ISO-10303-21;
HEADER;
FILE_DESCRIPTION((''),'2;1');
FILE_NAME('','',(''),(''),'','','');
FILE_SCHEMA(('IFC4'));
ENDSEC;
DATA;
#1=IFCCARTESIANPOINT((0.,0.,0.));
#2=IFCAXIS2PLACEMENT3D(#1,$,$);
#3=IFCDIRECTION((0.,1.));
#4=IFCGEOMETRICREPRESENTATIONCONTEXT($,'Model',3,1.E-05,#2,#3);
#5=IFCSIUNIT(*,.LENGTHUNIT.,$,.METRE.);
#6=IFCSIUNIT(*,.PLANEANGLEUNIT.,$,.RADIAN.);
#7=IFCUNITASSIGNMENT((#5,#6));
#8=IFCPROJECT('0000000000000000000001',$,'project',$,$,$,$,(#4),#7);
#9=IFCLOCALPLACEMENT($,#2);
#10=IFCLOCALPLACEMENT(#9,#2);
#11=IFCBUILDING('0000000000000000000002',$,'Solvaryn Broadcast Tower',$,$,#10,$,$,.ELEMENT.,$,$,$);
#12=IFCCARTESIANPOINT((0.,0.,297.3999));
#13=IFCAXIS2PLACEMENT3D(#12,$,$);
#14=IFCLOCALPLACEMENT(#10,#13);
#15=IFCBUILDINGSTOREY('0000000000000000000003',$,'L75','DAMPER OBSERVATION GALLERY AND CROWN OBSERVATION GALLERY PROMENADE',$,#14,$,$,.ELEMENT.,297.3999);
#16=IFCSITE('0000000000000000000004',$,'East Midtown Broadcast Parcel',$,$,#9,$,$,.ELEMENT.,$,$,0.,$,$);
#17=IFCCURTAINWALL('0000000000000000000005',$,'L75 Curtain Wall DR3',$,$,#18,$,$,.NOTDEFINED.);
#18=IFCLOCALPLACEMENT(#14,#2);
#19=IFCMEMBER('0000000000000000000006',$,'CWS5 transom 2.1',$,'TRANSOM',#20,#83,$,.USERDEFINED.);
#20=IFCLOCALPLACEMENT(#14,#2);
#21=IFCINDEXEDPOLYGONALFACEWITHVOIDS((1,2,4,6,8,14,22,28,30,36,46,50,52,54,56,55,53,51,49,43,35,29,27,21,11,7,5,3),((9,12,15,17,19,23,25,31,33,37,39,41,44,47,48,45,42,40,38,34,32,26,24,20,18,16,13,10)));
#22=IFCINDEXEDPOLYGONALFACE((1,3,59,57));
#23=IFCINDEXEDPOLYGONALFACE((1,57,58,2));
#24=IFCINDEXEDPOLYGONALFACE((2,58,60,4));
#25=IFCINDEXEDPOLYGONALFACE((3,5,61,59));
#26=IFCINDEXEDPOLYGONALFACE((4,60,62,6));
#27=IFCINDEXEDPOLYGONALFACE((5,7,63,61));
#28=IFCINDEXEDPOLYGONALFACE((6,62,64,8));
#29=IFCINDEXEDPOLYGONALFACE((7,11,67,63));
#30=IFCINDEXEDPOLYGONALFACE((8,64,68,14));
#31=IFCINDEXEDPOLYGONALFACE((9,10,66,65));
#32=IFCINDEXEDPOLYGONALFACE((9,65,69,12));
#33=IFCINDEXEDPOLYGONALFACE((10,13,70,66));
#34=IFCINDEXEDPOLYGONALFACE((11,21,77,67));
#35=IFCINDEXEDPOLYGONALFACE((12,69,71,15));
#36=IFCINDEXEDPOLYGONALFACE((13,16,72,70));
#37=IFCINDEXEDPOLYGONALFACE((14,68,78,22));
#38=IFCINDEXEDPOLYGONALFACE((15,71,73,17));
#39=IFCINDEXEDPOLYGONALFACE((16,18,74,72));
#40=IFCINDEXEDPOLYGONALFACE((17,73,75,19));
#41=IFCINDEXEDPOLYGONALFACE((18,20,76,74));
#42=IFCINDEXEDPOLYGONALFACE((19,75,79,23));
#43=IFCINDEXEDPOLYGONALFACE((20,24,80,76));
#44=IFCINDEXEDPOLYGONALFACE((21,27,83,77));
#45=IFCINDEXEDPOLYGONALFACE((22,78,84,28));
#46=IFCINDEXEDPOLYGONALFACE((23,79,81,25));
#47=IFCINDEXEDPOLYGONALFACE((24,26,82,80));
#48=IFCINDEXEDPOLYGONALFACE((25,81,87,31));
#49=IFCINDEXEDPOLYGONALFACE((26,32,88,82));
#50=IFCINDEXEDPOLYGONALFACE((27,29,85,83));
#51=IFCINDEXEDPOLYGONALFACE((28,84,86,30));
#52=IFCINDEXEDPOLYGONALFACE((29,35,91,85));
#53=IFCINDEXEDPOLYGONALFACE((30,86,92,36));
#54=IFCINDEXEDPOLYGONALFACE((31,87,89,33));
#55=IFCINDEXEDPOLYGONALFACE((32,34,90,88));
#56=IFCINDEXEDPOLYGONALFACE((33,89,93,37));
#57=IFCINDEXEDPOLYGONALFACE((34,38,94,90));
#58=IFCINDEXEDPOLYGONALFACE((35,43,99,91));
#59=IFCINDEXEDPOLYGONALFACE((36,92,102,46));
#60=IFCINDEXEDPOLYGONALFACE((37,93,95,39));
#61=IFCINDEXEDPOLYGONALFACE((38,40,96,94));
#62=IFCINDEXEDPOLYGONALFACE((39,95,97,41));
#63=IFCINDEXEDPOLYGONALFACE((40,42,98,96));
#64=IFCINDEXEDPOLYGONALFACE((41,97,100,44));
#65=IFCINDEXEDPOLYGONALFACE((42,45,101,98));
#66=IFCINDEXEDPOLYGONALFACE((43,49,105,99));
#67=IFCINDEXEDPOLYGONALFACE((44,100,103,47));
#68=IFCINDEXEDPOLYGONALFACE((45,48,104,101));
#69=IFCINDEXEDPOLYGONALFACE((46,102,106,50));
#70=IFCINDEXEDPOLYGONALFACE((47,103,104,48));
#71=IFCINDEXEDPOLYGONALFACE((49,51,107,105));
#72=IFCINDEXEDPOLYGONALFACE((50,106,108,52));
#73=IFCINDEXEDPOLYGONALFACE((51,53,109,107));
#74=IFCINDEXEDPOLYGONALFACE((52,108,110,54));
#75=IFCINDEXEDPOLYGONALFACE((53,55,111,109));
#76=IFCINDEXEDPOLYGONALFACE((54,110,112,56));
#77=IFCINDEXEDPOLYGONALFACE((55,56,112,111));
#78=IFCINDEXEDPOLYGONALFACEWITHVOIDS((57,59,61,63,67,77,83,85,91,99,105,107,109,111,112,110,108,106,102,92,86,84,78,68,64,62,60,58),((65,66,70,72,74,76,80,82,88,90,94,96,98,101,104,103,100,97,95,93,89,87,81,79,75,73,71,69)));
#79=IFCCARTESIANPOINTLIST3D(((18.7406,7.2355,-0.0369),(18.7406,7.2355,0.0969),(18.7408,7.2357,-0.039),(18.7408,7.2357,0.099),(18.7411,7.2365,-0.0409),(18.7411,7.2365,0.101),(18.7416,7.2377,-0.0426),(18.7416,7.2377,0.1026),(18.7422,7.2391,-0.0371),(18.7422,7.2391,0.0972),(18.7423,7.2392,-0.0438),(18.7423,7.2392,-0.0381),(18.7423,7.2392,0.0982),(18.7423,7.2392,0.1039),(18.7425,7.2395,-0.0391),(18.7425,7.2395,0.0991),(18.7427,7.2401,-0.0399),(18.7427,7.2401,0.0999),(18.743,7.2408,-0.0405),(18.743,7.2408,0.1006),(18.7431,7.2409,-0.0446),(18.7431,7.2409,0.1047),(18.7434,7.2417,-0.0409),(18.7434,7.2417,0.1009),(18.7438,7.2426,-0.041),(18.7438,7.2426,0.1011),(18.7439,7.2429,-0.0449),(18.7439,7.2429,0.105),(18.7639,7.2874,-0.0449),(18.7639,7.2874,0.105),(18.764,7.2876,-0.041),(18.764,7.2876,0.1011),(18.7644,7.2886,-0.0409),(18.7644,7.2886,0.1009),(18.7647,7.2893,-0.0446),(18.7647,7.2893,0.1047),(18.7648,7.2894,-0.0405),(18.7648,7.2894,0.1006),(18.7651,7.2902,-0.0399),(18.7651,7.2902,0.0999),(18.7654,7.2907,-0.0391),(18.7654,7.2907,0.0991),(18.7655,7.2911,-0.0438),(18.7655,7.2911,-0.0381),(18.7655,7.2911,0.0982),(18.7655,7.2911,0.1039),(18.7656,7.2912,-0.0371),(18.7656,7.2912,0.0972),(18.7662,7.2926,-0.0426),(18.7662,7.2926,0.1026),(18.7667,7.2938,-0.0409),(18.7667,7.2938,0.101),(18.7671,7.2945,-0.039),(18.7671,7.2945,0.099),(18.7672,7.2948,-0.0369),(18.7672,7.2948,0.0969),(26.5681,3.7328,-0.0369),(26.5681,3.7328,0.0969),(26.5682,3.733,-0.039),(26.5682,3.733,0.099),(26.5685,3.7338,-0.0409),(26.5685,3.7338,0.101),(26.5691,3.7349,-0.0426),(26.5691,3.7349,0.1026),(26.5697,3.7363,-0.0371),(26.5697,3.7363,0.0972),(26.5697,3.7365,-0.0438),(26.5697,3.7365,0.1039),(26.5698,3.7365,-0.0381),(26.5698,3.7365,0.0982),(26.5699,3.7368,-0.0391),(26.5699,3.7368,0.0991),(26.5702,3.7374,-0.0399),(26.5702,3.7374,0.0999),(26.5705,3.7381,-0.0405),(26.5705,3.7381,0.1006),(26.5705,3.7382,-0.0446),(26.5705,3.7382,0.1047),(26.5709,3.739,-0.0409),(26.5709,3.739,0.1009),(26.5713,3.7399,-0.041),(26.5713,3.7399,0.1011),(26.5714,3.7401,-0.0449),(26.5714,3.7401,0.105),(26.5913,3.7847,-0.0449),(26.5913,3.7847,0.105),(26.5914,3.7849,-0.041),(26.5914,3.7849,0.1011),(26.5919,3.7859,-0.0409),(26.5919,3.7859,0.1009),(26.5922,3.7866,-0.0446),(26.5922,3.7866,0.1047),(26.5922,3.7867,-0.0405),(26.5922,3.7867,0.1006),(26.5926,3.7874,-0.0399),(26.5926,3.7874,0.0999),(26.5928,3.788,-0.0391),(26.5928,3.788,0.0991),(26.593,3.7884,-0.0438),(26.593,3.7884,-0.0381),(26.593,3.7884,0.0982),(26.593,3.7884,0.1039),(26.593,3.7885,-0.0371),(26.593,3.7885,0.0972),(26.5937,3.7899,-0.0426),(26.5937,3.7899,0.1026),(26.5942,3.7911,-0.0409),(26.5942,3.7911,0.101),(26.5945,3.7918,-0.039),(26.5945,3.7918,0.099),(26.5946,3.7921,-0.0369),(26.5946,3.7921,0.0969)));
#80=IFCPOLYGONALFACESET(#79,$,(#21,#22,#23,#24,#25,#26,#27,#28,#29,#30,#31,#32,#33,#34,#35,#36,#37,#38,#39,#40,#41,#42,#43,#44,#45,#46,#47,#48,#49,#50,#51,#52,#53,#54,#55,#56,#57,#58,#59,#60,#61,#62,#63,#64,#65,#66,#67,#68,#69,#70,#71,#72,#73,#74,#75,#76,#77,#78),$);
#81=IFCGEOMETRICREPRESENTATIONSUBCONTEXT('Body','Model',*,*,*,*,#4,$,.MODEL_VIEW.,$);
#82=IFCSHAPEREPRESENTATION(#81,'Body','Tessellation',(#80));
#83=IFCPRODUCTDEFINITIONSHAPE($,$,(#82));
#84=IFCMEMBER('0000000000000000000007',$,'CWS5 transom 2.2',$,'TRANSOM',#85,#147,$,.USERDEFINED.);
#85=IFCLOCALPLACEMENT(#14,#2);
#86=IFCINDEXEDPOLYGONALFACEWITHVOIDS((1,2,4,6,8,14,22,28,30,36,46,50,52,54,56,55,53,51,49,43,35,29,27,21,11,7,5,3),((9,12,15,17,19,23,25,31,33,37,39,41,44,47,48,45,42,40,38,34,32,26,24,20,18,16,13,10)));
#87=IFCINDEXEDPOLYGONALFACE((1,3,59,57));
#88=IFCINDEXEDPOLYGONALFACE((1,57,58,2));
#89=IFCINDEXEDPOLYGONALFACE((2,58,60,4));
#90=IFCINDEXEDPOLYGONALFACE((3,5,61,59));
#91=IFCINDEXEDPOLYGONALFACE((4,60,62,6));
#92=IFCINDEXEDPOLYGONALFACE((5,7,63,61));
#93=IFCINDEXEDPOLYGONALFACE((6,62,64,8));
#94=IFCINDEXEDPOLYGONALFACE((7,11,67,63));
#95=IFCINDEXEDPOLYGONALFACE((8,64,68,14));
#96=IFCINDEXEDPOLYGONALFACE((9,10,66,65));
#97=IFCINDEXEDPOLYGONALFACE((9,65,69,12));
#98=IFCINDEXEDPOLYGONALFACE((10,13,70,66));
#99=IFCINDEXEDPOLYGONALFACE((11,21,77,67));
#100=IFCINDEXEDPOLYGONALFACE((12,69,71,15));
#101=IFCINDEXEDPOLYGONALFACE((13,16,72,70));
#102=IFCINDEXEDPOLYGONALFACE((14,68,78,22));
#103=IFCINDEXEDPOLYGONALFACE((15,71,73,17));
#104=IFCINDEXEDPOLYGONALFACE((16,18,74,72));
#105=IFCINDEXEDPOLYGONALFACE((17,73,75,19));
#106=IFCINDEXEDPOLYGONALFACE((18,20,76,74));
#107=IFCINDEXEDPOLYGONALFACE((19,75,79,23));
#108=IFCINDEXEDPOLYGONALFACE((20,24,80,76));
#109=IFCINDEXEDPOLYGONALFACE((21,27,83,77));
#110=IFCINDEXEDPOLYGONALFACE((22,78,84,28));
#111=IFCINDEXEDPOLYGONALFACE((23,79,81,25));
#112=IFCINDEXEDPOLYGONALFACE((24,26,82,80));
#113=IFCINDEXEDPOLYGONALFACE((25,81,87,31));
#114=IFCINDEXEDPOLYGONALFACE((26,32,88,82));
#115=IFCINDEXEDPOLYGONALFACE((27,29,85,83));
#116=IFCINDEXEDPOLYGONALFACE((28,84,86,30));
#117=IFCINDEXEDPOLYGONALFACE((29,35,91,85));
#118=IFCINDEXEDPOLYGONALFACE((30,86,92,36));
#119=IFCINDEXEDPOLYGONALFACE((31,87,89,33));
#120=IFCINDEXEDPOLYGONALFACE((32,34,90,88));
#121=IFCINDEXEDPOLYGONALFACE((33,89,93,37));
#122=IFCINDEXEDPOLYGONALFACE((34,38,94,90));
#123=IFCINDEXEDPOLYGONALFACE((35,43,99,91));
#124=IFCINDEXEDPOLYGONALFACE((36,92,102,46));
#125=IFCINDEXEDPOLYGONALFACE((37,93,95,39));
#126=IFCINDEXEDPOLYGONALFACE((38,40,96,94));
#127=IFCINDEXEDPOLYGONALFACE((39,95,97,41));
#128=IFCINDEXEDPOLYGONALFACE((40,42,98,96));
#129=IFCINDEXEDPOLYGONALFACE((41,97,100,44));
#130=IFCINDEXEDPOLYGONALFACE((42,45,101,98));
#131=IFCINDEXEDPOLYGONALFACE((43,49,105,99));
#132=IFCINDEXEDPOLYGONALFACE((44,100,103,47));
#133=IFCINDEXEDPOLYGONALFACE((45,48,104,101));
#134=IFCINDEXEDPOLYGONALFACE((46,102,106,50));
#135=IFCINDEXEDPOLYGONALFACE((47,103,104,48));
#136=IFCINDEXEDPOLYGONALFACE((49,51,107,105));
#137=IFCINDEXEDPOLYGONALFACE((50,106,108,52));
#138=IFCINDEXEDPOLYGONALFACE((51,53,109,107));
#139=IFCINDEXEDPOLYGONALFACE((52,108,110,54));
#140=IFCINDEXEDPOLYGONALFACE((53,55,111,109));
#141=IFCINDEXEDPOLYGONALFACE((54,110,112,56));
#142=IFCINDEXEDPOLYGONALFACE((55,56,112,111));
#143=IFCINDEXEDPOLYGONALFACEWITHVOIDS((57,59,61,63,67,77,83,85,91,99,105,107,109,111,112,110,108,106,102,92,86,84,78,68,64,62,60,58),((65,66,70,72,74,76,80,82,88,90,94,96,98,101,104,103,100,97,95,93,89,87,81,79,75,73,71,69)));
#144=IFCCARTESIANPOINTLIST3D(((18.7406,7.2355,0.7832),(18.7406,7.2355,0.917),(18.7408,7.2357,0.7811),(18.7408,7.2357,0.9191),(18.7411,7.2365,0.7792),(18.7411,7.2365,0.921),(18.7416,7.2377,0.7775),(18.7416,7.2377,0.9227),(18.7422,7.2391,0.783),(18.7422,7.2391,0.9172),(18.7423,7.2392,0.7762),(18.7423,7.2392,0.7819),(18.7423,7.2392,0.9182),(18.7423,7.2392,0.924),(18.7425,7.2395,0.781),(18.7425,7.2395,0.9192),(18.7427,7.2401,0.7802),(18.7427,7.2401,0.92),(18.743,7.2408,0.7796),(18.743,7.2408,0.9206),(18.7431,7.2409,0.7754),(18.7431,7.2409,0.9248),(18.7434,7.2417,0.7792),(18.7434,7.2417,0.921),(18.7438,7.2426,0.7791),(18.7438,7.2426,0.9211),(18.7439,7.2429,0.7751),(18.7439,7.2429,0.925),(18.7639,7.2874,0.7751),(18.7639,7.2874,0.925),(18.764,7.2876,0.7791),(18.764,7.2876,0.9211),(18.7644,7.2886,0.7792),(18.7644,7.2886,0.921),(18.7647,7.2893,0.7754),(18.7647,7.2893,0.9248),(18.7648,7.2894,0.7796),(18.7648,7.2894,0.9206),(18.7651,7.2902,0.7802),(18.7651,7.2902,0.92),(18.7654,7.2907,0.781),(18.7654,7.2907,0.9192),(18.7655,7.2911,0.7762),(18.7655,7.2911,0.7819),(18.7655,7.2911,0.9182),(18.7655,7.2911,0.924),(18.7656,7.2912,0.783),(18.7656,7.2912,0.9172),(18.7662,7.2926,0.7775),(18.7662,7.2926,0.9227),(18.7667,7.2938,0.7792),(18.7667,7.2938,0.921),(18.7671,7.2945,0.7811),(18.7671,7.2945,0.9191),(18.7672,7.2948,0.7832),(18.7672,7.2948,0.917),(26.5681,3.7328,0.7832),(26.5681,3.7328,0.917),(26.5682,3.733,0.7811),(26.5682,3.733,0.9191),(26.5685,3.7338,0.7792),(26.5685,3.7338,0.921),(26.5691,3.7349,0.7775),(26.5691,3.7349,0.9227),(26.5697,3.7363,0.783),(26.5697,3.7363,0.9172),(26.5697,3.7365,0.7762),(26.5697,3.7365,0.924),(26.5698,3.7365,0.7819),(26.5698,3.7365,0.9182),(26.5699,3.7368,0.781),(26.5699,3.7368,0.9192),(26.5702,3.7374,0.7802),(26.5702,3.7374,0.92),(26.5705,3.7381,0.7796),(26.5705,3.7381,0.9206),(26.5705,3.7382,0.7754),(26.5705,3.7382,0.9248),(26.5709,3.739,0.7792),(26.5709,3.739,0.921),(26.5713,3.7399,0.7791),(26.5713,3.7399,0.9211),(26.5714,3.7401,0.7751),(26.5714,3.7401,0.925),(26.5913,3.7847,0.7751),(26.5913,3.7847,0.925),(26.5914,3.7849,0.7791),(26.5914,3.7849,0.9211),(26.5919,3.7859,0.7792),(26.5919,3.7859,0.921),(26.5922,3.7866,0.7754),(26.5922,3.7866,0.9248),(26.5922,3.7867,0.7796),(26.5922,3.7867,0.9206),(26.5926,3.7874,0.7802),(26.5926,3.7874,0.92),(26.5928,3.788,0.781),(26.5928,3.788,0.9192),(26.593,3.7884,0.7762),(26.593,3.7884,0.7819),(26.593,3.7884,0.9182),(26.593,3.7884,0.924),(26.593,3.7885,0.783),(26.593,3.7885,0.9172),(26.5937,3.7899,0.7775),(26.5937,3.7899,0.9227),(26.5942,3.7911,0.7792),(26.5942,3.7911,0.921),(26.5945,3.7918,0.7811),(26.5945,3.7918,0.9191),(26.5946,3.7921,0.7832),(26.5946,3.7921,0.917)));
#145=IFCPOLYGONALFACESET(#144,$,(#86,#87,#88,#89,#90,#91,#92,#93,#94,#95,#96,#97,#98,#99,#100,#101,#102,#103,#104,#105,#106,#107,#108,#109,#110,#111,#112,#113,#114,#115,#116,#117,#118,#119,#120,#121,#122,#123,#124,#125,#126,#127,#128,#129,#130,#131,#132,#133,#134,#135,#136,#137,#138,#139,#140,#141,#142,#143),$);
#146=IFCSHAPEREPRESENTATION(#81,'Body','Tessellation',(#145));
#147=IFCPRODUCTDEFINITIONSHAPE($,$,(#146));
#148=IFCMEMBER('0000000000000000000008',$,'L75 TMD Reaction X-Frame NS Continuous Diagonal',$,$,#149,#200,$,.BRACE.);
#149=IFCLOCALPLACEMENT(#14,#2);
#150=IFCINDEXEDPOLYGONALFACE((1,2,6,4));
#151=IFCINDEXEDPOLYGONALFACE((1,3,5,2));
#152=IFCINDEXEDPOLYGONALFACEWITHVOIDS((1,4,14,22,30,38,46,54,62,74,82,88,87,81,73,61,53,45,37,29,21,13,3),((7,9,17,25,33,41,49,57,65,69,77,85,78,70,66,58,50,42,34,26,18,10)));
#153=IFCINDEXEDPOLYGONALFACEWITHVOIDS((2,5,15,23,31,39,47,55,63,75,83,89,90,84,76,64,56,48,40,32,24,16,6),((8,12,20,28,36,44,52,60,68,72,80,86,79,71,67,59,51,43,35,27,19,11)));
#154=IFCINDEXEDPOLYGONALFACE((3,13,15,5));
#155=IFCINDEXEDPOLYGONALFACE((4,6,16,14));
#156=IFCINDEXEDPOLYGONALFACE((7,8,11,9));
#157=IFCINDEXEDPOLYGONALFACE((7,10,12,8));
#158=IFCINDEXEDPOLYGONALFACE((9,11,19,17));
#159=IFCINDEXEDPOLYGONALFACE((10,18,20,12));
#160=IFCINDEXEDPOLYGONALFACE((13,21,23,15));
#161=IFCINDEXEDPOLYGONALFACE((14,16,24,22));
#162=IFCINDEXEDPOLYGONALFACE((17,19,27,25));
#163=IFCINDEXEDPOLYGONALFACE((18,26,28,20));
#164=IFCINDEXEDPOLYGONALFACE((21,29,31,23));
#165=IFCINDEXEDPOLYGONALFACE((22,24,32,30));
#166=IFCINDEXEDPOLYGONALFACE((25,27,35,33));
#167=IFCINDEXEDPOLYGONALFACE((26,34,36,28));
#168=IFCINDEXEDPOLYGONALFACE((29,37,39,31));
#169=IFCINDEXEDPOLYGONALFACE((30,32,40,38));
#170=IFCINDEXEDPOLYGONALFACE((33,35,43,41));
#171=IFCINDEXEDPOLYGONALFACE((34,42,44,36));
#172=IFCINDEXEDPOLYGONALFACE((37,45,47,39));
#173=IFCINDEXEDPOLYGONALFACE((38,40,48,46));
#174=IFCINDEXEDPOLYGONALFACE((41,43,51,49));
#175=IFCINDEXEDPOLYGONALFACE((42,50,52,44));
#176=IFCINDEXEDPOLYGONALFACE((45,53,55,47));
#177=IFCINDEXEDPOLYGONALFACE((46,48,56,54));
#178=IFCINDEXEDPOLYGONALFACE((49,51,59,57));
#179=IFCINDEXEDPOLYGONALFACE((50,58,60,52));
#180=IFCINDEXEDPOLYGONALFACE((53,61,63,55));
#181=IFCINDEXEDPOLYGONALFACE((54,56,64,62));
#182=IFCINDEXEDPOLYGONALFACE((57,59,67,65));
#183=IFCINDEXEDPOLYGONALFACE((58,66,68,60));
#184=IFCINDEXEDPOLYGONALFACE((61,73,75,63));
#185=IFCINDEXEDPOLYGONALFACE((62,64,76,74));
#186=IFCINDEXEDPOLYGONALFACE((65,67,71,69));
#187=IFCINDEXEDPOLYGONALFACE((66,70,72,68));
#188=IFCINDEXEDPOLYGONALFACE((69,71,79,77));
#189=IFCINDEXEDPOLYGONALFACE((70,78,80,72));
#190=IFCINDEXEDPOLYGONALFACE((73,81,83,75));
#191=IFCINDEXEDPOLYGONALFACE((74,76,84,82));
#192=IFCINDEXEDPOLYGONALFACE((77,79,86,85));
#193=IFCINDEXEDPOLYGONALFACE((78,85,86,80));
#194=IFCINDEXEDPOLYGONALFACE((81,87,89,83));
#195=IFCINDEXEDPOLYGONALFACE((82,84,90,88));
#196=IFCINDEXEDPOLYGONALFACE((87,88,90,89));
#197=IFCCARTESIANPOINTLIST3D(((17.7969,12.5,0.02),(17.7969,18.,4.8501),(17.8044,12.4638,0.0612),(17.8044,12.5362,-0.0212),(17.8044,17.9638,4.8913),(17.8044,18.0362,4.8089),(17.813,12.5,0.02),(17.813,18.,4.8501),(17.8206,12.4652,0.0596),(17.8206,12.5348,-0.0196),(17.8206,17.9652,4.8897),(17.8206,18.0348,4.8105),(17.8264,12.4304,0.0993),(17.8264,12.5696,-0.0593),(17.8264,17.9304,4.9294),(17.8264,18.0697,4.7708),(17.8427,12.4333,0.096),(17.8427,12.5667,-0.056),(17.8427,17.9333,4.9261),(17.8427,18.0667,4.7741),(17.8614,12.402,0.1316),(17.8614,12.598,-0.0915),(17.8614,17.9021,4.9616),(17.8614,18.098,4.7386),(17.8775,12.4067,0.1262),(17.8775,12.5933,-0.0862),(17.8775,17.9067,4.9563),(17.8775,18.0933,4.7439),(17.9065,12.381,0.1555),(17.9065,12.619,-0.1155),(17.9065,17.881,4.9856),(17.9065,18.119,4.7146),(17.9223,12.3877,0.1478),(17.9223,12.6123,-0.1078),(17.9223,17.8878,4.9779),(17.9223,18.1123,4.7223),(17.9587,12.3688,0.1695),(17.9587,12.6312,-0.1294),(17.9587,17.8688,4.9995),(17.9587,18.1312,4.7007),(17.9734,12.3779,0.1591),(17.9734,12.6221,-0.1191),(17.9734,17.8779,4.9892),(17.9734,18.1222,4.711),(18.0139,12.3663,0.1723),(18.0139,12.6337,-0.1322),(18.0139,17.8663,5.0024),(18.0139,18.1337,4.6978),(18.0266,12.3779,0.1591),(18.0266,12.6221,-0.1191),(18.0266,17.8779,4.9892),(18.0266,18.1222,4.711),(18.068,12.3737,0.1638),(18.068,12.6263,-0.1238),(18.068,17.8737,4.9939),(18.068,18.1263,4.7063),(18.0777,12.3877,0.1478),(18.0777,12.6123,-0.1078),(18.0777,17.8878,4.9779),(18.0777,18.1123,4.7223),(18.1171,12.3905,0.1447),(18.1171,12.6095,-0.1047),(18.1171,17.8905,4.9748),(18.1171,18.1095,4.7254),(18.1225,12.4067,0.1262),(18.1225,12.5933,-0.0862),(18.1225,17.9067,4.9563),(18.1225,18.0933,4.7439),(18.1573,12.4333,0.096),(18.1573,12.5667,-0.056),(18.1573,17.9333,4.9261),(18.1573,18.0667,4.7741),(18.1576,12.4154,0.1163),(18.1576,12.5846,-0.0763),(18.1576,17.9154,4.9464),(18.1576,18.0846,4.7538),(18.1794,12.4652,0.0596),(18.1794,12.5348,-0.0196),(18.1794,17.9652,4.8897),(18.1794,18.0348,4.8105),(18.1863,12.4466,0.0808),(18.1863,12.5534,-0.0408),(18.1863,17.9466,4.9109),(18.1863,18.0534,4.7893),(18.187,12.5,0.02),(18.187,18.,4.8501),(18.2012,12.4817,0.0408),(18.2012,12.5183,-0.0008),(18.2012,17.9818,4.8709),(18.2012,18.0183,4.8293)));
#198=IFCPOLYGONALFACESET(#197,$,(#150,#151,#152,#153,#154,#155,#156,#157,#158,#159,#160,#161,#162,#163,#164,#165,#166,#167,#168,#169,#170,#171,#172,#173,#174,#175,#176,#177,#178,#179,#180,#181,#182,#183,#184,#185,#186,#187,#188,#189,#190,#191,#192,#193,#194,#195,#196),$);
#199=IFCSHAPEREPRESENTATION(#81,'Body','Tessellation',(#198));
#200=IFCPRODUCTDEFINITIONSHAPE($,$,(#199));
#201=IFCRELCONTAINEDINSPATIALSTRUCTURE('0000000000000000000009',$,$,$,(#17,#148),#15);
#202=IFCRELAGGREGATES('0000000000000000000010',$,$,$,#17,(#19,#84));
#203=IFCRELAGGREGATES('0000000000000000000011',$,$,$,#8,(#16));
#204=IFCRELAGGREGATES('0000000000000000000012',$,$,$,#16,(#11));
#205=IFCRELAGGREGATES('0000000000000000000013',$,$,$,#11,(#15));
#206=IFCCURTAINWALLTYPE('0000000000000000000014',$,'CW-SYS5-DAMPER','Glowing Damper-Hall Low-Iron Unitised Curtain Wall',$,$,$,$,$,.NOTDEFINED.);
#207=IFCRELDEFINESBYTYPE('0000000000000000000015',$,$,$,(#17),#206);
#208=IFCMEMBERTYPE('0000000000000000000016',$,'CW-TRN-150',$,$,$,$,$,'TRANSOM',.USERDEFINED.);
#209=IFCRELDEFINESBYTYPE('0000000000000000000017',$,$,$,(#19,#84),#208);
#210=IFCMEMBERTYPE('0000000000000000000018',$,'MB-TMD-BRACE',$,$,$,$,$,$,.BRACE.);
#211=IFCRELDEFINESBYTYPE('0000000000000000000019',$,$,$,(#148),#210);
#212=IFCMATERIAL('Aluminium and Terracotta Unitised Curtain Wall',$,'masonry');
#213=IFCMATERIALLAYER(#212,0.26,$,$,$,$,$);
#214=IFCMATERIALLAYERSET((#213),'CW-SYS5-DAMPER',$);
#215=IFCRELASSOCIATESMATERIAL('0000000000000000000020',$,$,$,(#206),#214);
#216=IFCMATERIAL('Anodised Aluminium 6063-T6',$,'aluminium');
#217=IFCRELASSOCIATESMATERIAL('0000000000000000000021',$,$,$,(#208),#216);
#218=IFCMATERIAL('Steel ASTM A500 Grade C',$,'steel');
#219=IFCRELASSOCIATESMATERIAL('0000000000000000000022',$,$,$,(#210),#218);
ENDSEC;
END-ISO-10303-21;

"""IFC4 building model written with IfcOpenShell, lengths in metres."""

from ifc_helpers import new_model, si_unit, direction, frame, origin, origin_2d, place, context, subcontext, project, spatial, hollow_rectangle, hollow_circle, extrude, material, layer, layer_set, material_profile, profile_set, type_object, element, aggregate, save


model = new_model("IFC4")

# Units and contexts
model_context = context("Model", 3, precision=1e-05, world=origin(), true_north=direction((0.0, 1.0)))
body_context = subcontext(model_context, "Body", "Model", "MODEL_VIEW")
ifc_project = project(units=[si_unit("LENGTHUNIT", "METRE"), si_unit("PLANEANGLEUNIT", "RADIAN")], contexts=[model_context])

# Site, building, storey
site_placement = place(None, origin())
site = spatial("IfcSite", under=ifc_project, at=site_placement, Name="East Midtown Broadcast Parcel", CompositionType="ELEMENT", RefElevation=0.0)
building_placement = place(site_placement, origin())
building = spatial("IfcBuilding", under=site, at=building_placement, Name="Solvaryn Broadcast Tower", CompositionType="ELEMENT")
storey_placement = place(building_placement, frame((0.0, 0.0, 297.3999)))
storey = spatial("IfcBuildingStorey", under=building, at=storey_placement, Name="L75", Description="DAMPER OBSERVATION GALLERY AND CROWN OBSERVATION GALLERY PROMENADE", CompositionType="ELEMENT", Elevation=297.3999)

# Shared definitions
ifc_material_1 = material(Name="Aluminium and Terracotta Unitised Curtain Wall", Category="masonry")
ifc_layer_1 = layer(ifc_material_1, 0.26)
ifc_layer_set_1 = layer_set([ifc_layer_1], Name="CW-SYS5-DAMPER")
curtain_wall_type = type_object("IfcCurtainWallType", Name="CW-SYS5-DAMPER", Description="Glowing Damper-Hall Low-Iron Unitised Curtain Wall", PredefinedType="NOTDEFINED", material=ifc_layer_set_1)

# Curtain wall, members
curtain_wall_1_placement = place(storey_placement, origin())
curtain_wall_1 = element("IfcCurtainWall", 1, at=curtain_wall_1_placement, inside=storey, type_object=curtain_wall_type, Name="L75 Curtain Wall DR3", PredefinedType="NOTDEFINED")
ifc_material_2 = material(Name="Anodised Aluminium 6063-T6", Category="aluminium")
ifc_material_profile_1 = material_profile(ifc_material_2, hollow_rectangle(XDim=0.0649, YDim=0.1499, WallThickness=0.0039, InnerFilletRadius=0.0039, OuterFilletRadius=0.0081, at=origin_2d()))
ifc_profile_set_1 = profile_set([ifc_material_profile_1], Name="Anodised Aluminium 6063-T6")
member_type_1 = type_object("IfcMemberType", Name="CW-TRN-150", ElementType="TRANSOM", PredefinedType="USERDEFINED", material=ifc_profile_set_1)
member_1_placement = place(storey_placement, frame((18.7539, 7.2651, 0.03), z_axis=(0.912777, -0.408459, 0.0), x_axis=(0.408459, 0.912777, 0.0)))
member_1 = element("IfcMember", 2, at=member_1_placement, type_object=member_type_1, Name="CWS5 transom 2.1", ObjectType="TRANSOM", PredefinedType="USERDEFINED", context=body_context, shape_type="SweptSolid", body=[
    extrude(hollow_rectangle(XDim=0.0649, YDim=0.1499, WallThickness=0.0039, InnerFilletRadius=0.0039, OuterFilletRadius=0.0081, at=origin_2d()), origin(), (0.0, 0.0, 1.0), 8.5754),
])
member_2_placement = place(storey_placement, frame((18.7539, 7.2651, 0.8501), z_axis=(0.912777, -0.408459, 0.0), x_axis=(0.408459, 0.912777, 0.0)))
member_2 = element("IfcMember", 3, at=member_2_placement, type_object=member_type_1, Name="CWS5 transom 2.2", ObjectType="TRANSOM", PredefinedType="USERDEFINED", context=body_context, shape_type="SweptSolid", body=[
    extrude(hollow_rectangle(XDim=0.0649, YDim=0.1499, WallThickness=0.0039, InnerFilletRadius=0.0039, OuterFilletRadius=0.0081, at=origin_2d()), origin(), (0.0, 0.0, 1.0), 8.5754),
])

# Member
ifc_material_3 = material(Name="Steel ASTM A500 Grade C", Category="steel")
ifc_material_profile_2 = material_profile(ifc_material_3, hollow_circle(Radius=0.2031, WallThickness=0.0161, at=origin_2d()))
ifc_profile_set_2 = profile_set([ifc_material_profile_2], Name="Steel ASTM A500 Grade C")
member_type_2 = type_object("IfcMemberType", Name="MB-TMD-BRACE", PredefinedType="BRACE", material=ifc_profile_set_2)
member_3_placement = place(storey_placement, frame((18.0, 12.5, 0.02), z_axis=(0.0, 0.751385, 0.659864), x_axis=(-1.0, 0.0, 0.0)))
element("IfcMember", 4, at=member_3_placement, inside=storey, type_object=member_type_2, Name="L75 TMD Reaction X-Frame NS Continuous Diagonal", PredefinedType="BRACE", context=body_context, shape_type="SweptSolid", body=[
    extrude(hollow_circle(Radius=0.2031, WallThickness=0.0161, at=origin_2d()), origin(), (0.0, 0.0, 1.0), 7.3198),
])

aggregate(curtain_wall_1, [member_1, member_2])

save(model, "model.ifc")
